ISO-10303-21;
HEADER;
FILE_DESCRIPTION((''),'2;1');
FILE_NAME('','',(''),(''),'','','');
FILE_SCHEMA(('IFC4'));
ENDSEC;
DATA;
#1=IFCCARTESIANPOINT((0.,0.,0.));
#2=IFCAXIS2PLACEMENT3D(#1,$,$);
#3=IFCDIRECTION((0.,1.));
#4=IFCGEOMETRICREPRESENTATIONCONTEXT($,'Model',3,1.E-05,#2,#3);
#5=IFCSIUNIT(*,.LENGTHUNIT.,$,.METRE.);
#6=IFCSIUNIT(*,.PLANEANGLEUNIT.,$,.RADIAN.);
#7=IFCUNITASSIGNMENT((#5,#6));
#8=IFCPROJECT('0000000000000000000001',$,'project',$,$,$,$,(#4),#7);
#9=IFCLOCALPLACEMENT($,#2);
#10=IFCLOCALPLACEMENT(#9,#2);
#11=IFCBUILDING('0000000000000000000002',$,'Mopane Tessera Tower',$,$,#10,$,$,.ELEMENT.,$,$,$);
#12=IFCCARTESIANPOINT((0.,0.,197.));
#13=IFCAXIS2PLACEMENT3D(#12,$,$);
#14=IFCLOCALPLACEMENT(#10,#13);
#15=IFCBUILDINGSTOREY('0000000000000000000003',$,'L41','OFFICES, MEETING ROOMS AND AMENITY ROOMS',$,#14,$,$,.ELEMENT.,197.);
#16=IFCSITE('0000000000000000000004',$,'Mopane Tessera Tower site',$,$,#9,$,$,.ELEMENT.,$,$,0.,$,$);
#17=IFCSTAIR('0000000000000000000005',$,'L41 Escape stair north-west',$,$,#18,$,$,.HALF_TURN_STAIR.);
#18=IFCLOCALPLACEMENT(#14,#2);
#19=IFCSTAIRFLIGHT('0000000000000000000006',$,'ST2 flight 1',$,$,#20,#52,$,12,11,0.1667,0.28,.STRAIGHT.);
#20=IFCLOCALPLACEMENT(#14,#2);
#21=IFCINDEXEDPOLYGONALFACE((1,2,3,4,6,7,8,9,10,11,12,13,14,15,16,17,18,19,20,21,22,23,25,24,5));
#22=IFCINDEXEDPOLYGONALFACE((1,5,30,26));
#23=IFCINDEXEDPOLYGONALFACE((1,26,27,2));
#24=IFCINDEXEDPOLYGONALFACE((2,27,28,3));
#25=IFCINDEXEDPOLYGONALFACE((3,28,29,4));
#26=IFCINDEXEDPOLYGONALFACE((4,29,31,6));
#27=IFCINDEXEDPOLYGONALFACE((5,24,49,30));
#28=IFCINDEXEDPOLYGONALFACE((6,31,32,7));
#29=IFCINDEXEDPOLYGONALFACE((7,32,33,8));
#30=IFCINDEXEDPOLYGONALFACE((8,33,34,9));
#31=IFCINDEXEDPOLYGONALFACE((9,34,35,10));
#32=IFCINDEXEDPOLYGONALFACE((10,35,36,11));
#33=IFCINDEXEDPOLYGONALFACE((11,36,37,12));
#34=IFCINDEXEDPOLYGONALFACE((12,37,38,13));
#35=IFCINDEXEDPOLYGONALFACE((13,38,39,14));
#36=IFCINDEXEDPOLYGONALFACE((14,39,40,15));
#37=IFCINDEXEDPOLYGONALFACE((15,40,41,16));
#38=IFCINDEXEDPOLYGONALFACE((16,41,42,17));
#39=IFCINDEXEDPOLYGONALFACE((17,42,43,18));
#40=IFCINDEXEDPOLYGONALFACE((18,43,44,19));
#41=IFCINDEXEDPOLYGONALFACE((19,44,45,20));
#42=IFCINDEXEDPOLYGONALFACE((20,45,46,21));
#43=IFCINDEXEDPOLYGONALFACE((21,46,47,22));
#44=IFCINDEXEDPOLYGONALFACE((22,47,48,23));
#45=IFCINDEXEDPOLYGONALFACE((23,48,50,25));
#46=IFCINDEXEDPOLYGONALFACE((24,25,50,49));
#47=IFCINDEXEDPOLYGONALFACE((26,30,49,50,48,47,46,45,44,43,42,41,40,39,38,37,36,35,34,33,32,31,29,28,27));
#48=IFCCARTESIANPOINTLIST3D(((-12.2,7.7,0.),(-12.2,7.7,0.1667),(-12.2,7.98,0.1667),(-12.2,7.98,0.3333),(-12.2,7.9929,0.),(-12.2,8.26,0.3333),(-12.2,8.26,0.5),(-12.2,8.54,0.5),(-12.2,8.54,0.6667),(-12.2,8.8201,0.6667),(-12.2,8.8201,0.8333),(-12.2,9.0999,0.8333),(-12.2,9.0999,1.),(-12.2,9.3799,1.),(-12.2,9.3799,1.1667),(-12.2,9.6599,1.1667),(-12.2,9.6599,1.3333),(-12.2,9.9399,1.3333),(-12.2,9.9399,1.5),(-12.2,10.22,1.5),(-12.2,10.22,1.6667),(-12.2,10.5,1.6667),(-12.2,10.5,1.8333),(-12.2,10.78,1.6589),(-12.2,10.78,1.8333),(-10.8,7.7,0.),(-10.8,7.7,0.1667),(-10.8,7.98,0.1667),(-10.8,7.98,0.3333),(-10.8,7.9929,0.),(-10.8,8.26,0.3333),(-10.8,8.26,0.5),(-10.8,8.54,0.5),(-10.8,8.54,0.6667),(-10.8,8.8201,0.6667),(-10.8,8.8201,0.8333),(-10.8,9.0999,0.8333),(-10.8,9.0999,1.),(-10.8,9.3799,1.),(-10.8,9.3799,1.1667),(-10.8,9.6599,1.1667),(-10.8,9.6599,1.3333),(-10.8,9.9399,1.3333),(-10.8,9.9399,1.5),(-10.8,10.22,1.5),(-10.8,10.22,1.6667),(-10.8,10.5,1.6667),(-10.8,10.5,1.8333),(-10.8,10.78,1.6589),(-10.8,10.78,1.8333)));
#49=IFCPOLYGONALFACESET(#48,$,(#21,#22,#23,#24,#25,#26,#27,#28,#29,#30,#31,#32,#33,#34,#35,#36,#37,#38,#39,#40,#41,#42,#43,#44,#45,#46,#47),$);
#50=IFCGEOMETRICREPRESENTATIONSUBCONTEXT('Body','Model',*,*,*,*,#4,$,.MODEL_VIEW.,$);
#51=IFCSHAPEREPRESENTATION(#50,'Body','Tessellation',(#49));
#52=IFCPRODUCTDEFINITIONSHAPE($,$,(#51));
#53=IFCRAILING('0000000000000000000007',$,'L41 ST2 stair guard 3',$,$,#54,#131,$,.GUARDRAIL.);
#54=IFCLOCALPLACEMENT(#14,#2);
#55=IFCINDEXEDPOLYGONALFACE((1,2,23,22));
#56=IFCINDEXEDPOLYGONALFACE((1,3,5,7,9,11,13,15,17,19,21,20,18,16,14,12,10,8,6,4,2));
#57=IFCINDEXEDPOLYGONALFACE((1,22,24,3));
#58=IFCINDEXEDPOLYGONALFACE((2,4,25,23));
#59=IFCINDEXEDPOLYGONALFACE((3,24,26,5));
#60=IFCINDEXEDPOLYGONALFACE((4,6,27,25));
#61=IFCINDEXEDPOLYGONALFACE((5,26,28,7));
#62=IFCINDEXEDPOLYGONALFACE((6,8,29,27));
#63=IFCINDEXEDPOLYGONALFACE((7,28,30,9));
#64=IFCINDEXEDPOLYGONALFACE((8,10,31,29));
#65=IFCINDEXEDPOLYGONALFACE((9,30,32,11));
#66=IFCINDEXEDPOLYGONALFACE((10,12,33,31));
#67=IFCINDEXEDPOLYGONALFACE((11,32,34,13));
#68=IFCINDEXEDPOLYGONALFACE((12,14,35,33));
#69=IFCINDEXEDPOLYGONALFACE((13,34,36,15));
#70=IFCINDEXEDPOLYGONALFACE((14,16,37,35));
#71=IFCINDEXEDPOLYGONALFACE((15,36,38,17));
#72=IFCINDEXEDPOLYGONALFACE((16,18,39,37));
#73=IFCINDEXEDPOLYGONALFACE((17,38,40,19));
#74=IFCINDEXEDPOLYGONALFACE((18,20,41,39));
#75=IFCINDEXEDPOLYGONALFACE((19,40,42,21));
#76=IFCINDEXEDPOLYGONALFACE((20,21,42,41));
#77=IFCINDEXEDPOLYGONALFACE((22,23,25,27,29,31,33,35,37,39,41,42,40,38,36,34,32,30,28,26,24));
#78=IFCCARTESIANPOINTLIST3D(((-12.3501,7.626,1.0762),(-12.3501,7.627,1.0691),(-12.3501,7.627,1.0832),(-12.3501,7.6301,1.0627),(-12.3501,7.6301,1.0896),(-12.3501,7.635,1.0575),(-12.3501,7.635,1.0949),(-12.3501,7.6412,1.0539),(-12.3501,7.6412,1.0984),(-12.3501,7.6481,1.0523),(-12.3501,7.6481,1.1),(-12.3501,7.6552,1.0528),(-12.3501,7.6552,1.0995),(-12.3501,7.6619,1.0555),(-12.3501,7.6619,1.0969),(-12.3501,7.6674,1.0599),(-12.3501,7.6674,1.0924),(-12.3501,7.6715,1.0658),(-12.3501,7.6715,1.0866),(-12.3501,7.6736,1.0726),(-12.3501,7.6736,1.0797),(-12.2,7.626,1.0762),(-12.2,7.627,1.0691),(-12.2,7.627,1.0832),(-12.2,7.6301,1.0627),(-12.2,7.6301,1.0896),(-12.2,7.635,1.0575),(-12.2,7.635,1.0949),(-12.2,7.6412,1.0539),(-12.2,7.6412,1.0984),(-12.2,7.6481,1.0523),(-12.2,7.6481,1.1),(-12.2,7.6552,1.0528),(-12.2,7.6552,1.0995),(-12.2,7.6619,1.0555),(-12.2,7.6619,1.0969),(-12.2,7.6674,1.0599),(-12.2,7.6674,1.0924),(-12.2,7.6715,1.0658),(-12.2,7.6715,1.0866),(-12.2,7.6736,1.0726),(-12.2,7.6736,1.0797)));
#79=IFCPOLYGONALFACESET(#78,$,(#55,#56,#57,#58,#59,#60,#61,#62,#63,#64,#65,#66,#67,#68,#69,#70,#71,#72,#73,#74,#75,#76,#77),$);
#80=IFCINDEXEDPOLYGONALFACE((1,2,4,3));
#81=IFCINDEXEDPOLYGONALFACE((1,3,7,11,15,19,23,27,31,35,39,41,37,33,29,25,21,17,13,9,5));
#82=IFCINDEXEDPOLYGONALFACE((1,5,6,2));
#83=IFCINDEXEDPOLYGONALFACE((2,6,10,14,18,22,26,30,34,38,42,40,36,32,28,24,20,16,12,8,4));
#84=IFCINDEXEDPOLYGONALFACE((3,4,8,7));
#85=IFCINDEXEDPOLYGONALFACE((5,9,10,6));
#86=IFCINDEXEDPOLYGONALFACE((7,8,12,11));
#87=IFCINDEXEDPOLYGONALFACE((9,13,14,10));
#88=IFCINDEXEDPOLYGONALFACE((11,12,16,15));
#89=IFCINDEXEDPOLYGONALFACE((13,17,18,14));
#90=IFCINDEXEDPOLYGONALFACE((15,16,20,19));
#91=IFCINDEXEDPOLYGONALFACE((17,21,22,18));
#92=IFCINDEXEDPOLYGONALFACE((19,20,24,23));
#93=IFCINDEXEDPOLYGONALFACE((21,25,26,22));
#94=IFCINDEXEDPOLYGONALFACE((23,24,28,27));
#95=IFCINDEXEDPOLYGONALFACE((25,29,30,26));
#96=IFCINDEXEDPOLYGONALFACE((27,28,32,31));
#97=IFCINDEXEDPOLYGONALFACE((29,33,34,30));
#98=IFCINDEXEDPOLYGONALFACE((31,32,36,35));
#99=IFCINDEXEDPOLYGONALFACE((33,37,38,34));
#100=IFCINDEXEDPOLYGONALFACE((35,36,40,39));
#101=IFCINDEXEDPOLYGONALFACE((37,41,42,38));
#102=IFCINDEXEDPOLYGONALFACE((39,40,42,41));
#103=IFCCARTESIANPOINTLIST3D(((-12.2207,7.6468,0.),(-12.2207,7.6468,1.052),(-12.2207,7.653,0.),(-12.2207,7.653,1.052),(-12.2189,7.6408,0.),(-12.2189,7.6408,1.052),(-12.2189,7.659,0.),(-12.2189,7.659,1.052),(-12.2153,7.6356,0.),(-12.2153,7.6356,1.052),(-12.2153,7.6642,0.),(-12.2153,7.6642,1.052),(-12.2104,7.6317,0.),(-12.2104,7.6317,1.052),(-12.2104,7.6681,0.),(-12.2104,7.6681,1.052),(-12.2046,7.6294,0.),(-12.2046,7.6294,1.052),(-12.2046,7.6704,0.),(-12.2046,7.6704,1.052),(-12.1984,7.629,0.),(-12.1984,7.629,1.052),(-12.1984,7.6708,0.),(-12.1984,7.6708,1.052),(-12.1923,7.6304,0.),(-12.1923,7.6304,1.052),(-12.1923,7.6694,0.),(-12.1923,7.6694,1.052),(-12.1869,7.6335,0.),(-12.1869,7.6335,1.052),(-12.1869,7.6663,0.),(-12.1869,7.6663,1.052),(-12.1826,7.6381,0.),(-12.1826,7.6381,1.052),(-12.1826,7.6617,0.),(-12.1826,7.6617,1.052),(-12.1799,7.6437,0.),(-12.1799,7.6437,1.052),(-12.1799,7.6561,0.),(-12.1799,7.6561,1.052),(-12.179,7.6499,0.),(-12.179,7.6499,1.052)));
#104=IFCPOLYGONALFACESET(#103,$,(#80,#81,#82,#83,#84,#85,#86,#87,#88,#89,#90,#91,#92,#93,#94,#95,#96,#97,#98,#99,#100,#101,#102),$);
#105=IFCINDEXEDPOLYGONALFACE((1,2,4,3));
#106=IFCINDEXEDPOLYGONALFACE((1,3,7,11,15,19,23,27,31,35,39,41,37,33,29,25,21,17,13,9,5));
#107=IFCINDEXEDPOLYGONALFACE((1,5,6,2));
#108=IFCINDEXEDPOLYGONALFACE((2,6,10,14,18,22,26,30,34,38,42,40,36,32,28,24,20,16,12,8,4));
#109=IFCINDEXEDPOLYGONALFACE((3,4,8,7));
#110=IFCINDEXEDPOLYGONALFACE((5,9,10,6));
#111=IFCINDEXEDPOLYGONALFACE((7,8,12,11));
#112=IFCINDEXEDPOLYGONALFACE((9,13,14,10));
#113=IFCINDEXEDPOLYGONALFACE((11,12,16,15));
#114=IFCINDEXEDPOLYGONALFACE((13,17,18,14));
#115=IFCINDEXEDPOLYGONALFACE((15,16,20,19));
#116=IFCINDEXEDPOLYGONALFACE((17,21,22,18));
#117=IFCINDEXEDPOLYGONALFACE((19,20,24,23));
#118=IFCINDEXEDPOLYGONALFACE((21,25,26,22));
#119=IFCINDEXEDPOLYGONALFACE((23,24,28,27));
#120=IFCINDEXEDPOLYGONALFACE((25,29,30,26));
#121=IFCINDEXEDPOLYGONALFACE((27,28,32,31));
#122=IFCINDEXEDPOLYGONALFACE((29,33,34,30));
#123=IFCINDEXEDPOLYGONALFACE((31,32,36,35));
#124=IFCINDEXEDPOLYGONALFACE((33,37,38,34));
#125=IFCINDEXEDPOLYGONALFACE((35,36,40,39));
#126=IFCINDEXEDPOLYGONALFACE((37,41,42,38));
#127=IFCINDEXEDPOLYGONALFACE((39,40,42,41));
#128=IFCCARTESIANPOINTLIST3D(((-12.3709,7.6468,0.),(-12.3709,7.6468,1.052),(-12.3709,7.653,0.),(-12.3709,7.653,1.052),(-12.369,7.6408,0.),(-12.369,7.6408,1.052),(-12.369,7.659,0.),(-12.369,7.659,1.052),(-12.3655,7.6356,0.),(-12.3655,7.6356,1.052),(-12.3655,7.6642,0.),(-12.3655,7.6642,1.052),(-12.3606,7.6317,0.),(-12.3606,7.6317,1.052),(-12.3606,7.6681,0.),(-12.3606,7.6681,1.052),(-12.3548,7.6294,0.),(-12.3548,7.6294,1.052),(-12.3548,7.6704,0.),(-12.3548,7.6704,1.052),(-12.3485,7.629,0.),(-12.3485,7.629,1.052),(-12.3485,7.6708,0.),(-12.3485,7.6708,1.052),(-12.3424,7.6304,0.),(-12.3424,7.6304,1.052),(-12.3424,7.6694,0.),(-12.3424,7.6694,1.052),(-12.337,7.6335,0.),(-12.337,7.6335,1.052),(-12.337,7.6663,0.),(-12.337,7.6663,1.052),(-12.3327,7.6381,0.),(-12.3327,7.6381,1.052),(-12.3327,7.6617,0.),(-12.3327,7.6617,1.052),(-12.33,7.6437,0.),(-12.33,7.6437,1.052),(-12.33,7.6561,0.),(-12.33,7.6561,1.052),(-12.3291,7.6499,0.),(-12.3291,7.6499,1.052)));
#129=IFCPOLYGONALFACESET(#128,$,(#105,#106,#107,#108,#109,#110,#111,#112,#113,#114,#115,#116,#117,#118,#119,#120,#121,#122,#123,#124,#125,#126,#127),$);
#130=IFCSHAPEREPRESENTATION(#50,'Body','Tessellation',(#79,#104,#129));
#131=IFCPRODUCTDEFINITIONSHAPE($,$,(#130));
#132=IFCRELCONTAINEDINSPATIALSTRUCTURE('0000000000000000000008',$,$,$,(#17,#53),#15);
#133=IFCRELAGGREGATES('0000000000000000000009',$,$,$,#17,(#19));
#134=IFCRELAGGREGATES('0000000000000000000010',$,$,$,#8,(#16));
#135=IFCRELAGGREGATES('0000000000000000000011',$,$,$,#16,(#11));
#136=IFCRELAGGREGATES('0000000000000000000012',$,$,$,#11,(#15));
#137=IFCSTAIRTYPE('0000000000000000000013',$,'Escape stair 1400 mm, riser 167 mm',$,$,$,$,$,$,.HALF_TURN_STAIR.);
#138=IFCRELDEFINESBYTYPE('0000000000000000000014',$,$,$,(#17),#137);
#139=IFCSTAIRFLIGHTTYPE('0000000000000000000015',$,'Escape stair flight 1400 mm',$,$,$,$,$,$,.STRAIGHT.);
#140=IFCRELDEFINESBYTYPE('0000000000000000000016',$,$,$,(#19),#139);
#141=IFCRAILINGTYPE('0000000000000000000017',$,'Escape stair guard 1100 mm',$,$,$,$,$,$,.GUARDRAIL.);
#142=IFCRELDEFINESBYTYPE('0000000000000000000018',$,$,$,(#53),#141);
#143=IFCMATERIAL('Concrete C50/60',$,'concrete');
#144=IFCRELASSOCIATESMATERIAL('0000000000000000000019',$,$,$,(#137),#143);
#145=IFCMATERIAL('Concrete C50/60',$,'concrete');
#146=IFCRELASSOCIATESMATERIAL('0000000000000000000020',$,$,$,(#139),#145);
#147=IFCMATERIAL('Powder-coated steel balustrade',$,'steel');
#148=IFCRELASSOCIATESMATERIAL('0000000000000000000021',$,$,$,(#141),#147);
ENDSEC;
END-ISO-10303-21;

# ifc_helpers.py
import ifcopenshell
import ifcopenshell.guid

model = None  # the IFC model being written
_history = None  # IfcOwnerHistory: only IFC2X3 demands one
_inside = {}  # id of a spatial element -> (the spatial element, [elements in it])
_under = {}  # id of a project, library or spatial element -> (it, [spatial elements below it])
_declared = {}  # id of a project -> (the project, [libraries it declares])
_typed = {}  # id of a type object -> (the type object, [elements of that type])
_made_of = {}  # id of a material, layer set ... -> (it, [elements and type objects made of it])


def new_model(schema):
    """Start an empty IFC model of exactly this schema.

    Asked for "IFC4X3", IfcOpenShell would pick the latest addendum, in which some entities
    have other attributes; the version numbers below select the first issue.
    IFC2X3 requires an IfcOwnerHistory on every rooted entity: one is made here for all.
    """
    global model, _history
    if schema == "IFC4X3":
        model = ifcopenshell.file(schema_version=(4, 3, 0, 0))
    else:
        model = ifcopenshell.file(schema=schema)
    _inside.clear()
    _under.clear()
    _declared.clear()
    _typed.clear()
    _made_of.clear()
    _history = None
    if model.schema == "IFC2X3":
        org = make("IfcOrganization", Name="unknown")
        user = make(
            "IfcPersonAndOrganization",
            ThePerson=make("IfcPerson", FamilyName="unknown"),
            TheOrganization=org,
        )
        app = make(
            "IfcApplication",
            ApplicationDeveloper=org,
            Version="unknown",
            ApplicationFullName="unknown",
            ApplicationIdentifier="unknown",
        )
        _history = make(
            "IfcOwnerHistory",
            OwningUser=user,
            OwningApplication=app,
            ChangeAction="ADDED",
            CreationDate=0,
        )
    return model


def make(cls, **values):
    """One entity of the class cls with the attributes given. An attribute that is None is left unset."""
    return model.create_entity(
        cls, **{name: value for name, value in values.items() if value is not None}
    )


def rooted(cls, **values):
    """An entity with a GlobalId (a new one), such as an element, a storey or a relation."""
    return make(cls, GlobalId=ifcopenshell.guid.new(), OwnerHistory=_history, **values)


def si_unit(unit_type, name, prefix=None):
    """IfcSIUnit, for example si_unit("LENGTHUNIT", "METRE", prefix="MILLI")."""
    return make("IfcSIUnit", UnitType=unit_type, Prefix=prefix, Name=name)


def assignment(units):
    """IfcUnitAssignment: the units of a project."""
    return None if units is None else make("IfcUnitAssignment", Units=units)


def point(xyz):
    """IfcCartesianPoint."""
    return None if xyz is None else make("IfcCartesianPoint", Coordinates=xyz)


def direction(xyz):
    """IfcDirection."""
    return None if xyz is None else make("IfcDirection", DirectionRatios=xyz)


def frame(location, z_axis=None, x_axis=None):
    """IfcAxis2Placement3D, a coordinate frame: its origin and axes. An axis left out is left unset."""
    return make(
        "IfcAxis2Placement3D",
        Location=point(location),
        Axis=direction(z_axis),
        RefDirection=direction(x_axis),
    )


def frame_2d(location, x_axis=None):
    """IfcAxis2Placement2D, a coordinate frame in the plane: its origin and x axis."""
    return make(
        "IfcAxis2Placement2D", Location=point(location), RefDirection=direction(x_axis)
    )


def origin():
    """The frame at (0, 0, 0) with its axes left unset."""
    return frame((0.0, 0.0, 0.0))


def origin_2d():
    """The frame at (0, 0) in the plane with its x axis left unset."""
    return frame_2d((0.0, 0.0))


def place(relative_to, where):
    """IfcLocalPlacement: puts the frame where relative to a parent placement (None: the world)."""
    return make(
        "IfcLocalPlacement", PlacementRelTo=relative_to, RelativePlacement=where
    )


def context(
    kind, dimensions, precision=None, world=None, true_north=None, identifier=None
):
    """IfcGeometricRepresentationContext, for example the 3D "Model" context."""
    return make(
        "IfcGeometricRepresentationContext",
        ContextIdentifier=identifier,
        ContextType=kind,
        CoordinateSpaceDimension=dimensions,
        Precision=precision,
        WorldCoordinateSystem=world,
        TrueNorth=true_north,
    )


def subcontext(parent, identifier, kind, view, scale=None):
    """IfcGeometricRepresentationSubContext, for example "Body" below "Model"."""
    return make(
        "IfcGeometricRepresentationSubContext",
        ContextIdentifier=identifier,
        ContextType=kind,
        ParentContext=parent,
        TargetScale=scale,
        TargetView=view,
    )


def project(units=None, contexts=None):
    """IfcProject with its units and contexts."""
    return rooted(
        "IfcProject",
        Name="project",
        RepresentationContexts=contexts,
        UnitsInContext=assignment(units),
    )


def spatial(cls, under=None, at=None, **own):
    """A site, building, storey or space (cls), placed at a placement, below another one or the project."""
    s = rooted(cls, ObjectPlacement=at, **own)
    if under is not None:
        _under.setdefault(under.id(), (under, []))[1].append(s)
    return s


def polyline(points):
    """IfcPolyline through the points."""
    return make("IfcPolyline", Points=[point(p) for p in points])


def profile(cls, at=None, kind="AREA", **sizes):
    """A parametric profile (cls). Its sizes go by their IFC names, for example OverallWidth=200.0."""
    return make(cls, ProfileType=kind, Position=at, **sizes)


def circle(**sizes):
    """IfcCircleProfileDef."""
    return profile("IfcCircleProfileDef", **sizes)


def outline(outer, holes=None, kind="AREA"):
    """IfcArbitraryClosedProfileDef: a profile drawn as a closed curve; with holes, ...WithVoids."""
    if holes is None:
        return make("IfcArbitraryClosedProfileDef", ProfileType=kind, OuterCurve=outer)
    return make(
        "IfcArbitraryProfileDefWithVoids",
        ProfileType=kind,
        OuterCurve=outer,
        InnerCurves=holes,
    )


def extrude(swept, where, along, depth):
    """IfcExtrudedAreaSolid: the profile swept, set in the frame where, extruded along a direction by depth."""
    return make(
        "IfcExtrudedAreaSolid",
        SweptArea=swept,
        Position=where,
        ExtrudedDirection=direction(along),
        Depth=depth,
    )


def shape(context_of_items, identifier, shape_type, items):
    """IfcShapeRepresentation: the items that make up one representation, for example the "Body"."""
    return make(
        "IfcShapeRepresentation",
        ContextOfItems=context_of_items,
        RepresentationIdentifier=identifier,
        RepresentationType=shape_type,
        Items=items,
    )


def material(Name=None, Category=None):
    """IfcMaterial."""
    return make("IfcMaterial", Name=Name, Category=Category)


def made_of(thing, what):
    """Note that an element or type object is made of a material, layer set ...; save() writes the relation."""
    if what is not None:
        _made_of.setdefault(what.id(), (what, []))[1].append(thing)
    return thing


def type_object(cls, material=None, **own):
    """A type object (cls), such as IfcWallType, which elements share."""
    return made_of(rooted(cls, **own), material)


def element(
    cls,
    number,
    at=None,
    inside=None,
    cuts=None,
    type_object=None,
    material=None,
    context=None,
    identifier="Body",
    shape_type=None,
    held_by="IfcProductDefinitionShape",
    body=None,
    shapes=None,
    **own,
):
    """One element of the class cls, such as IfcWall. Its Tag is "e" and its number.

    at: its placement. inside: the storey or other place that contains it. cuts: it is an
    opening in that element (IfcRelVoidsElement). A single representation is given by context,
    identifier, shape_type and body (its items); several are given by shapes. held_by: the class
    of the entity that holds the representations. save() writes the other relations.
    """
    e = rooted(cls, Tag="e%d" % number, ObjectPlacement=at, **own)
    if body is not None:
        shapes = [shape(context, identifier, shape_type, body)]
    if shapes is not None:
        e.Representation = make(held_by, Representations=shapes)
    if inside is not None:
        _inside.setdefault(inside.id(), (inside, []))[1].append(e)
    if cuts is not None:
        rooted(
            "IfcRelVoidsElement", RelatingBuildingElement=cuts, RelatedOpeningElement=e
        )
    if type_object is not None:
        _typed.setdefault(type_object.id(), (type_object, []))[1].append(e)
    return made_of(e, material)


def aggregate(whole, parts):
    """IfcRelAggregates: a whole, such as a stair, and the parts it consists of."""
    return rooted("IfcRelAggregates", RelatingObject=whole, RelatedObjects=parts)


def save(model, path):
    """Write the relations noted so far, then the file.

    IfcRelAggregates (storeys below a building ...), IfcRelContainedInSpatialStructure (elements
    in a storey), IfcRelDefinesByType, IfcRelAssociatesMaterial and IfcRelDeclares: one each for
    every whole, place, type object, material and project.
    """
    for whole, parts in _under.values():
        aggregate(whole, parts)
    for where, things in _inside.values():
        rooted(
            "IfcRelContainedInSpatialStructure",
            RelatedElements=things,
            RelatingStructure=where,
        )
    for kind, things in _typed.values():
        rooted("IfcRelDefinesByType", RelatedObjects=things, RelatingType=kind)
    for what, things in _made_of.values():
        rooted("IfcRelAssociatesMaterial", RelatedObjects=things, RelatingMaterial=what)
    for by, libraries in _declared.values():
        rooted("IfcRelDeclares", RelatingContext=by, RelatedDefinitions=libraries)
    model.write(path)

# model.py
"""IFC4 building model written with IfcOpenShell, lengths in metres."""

from ifc_helpers import new_model, si_unit, direction, frame, origin, origin_2d, place, context, subcontext, project, spatial, polyline, circle, outline, extrude, material, type_object, element, aggregate, save


model = new_model("IFC4")

# Units and contexts
model_context = context("Model", 3, precision=1e-05, world=origin(), true_north=direction((0.0, 1.0)))
body_context = subcontext(model_context, "Body", "Model", "MODEL_VIEW")
ifc_project = project(units=[si_unit("LENGTHUNIT", "METRE"), si_unit("PLANEANGLEUNIT", "RADIAN")], contexts=[model_context])

# Site, building, storey
site_placement = place(None, origin())
site = spatial("IfcSite", under=ifc_project, at=site_placement, Name="Mopane Tessera Tower site", CompositionType="ELEMENT", RefElevation=0.0)
building_placement = place(site_placement, origin())
building = spatial("IfcBuilding", under=site, at=building_placement, Name="Mopane Tessera Tower", CompositionType="ELEMENT")
storey_placement = place(building_placement, frame((0.0, 0.0, 197.0)))
storey = spatial("IfcBuildingStorey", under=building, at=storey_placement, Name="L41", Description="OFFICES, MEETING ROOMS AND AMENITY ROOMS", CompositionType="ELEMENT", Elevation=197.0)

# Stair, stair flight
ifc_material_1 = material(Name="Concrete C50/60", Category="concrete")
stair_type = type_object("IfcStairType", Name="Escape stair 1400 mm, riser 167 mm", PredefinedType="HALF_TURN_STAIR", material=ifc_material_1)
stair_placement = place(storey_placement, origin())
stair = element("IfcStair", 1, at=stair_placement, inside=storey, type_object=stair_type, Name="L41 Escape stair north-west", PredefinedType="HALF_TURN_STAIR")
ifc_material_2 = material(Name="Concrete C50/60", Category="concrete")
stair_flight_type = type_object("IfcStairFlightType", Name="Escape stair flight 1400 mm", PredefinedType="STRAIGHT", material=ifc_material_2)
stair_flight_placement = place(storey_placement, frame((-11.5, 7.7, 0.0), z_axis=(0.0, 0.0, 1.0), x_axis=(0.0, 1.0, 0.0)))
stair_flight = element("IfcStairFlight", 2, at=stair_flight_placement, type_object=stair_flight_type, Name="ST2 flight 1", NumberOfRisers=12, NumberOfTreads=11, PredefinedType="STRAIGHT", RiserHeight=0.1667, TreadLength=0.28, context=body_context, shape_type="SweptSolid", body=[
    extrude(outline(polyline([(0.0, 0.0), (0.0, 0.1667), (0.28, 0.1667), (0.28, 0.3333), (0.5601, 0.3333), (0.5601, 0.5), (0.8401, 0.5), (0.8401, 0.6667), (1.1201, 0.6667), (1.1201, 0.8333), (1.3999, 0.8333), (1.3999, 1.0), (1.6799, 1.0), (1.6799, 1.1667), (1.96, 1.1667), (1.96, 1.3333), (2.24, 1.3333), (2.24, 1.5), (2.52, 1.5), (2.52, 1.6667), (2.8, 1.6667), (2.8, 1.8333), (3.0801, 1.8333), (3.0801, 2.0), (3.0801, 1.6589), (0.293, 0.0), (0.0, 0.0)])), frame((0.0, 0.7, 0.0), z_axis=(0.0, -1.0, 0.0), x_axis=(1.0, 0.0, 0.0)), (0.0, 0.0, 1.0), 1.3999),
])
aggregate(stair, [stair_flight])

# Railing
ifc_material_3 = material(Name="Powder-coated steel balustrade", Category="steel")
railing_type_1 = type_object("IfcRailingType", Name="Escape stair guard 1100 mm", PredefinedType="GUARDRAIL", material=ifc_material_3)
railing_1_placement = place(storey_placement, frame((-12.2, 7.6499, 0.0)))
element("IfcRailing", 3, at=railing_1_placement, inside=storey, type_object=railing_type_1, Name="L41 ST2 stair guard 3", PredefinedType="GUARDRAIL", context=body_context, shape_type="SweptSolid", body=[
    extrude(circle(Radius=0.0239, at=origin_2d()), frame((0.0, 0.0, 1.0762), z_axis=(-1.0, 0.0, 0.0), x_axis=(0.0, -1.0, 0.0)), (0.0, 0.0, 1.0), 0.1501),
    extrude(circle(Radius=0.021, at=origin_2d()), origin(), (0.0, 0.0, 1.0), 1.052),
    extrude(circle(Radius=0.021, at=origin_2d()), frame((-0.1501, 0.0, 0.0)), (0.0, 0.0, 1.0), 1.052),
])

save(model, "model.ifc")
